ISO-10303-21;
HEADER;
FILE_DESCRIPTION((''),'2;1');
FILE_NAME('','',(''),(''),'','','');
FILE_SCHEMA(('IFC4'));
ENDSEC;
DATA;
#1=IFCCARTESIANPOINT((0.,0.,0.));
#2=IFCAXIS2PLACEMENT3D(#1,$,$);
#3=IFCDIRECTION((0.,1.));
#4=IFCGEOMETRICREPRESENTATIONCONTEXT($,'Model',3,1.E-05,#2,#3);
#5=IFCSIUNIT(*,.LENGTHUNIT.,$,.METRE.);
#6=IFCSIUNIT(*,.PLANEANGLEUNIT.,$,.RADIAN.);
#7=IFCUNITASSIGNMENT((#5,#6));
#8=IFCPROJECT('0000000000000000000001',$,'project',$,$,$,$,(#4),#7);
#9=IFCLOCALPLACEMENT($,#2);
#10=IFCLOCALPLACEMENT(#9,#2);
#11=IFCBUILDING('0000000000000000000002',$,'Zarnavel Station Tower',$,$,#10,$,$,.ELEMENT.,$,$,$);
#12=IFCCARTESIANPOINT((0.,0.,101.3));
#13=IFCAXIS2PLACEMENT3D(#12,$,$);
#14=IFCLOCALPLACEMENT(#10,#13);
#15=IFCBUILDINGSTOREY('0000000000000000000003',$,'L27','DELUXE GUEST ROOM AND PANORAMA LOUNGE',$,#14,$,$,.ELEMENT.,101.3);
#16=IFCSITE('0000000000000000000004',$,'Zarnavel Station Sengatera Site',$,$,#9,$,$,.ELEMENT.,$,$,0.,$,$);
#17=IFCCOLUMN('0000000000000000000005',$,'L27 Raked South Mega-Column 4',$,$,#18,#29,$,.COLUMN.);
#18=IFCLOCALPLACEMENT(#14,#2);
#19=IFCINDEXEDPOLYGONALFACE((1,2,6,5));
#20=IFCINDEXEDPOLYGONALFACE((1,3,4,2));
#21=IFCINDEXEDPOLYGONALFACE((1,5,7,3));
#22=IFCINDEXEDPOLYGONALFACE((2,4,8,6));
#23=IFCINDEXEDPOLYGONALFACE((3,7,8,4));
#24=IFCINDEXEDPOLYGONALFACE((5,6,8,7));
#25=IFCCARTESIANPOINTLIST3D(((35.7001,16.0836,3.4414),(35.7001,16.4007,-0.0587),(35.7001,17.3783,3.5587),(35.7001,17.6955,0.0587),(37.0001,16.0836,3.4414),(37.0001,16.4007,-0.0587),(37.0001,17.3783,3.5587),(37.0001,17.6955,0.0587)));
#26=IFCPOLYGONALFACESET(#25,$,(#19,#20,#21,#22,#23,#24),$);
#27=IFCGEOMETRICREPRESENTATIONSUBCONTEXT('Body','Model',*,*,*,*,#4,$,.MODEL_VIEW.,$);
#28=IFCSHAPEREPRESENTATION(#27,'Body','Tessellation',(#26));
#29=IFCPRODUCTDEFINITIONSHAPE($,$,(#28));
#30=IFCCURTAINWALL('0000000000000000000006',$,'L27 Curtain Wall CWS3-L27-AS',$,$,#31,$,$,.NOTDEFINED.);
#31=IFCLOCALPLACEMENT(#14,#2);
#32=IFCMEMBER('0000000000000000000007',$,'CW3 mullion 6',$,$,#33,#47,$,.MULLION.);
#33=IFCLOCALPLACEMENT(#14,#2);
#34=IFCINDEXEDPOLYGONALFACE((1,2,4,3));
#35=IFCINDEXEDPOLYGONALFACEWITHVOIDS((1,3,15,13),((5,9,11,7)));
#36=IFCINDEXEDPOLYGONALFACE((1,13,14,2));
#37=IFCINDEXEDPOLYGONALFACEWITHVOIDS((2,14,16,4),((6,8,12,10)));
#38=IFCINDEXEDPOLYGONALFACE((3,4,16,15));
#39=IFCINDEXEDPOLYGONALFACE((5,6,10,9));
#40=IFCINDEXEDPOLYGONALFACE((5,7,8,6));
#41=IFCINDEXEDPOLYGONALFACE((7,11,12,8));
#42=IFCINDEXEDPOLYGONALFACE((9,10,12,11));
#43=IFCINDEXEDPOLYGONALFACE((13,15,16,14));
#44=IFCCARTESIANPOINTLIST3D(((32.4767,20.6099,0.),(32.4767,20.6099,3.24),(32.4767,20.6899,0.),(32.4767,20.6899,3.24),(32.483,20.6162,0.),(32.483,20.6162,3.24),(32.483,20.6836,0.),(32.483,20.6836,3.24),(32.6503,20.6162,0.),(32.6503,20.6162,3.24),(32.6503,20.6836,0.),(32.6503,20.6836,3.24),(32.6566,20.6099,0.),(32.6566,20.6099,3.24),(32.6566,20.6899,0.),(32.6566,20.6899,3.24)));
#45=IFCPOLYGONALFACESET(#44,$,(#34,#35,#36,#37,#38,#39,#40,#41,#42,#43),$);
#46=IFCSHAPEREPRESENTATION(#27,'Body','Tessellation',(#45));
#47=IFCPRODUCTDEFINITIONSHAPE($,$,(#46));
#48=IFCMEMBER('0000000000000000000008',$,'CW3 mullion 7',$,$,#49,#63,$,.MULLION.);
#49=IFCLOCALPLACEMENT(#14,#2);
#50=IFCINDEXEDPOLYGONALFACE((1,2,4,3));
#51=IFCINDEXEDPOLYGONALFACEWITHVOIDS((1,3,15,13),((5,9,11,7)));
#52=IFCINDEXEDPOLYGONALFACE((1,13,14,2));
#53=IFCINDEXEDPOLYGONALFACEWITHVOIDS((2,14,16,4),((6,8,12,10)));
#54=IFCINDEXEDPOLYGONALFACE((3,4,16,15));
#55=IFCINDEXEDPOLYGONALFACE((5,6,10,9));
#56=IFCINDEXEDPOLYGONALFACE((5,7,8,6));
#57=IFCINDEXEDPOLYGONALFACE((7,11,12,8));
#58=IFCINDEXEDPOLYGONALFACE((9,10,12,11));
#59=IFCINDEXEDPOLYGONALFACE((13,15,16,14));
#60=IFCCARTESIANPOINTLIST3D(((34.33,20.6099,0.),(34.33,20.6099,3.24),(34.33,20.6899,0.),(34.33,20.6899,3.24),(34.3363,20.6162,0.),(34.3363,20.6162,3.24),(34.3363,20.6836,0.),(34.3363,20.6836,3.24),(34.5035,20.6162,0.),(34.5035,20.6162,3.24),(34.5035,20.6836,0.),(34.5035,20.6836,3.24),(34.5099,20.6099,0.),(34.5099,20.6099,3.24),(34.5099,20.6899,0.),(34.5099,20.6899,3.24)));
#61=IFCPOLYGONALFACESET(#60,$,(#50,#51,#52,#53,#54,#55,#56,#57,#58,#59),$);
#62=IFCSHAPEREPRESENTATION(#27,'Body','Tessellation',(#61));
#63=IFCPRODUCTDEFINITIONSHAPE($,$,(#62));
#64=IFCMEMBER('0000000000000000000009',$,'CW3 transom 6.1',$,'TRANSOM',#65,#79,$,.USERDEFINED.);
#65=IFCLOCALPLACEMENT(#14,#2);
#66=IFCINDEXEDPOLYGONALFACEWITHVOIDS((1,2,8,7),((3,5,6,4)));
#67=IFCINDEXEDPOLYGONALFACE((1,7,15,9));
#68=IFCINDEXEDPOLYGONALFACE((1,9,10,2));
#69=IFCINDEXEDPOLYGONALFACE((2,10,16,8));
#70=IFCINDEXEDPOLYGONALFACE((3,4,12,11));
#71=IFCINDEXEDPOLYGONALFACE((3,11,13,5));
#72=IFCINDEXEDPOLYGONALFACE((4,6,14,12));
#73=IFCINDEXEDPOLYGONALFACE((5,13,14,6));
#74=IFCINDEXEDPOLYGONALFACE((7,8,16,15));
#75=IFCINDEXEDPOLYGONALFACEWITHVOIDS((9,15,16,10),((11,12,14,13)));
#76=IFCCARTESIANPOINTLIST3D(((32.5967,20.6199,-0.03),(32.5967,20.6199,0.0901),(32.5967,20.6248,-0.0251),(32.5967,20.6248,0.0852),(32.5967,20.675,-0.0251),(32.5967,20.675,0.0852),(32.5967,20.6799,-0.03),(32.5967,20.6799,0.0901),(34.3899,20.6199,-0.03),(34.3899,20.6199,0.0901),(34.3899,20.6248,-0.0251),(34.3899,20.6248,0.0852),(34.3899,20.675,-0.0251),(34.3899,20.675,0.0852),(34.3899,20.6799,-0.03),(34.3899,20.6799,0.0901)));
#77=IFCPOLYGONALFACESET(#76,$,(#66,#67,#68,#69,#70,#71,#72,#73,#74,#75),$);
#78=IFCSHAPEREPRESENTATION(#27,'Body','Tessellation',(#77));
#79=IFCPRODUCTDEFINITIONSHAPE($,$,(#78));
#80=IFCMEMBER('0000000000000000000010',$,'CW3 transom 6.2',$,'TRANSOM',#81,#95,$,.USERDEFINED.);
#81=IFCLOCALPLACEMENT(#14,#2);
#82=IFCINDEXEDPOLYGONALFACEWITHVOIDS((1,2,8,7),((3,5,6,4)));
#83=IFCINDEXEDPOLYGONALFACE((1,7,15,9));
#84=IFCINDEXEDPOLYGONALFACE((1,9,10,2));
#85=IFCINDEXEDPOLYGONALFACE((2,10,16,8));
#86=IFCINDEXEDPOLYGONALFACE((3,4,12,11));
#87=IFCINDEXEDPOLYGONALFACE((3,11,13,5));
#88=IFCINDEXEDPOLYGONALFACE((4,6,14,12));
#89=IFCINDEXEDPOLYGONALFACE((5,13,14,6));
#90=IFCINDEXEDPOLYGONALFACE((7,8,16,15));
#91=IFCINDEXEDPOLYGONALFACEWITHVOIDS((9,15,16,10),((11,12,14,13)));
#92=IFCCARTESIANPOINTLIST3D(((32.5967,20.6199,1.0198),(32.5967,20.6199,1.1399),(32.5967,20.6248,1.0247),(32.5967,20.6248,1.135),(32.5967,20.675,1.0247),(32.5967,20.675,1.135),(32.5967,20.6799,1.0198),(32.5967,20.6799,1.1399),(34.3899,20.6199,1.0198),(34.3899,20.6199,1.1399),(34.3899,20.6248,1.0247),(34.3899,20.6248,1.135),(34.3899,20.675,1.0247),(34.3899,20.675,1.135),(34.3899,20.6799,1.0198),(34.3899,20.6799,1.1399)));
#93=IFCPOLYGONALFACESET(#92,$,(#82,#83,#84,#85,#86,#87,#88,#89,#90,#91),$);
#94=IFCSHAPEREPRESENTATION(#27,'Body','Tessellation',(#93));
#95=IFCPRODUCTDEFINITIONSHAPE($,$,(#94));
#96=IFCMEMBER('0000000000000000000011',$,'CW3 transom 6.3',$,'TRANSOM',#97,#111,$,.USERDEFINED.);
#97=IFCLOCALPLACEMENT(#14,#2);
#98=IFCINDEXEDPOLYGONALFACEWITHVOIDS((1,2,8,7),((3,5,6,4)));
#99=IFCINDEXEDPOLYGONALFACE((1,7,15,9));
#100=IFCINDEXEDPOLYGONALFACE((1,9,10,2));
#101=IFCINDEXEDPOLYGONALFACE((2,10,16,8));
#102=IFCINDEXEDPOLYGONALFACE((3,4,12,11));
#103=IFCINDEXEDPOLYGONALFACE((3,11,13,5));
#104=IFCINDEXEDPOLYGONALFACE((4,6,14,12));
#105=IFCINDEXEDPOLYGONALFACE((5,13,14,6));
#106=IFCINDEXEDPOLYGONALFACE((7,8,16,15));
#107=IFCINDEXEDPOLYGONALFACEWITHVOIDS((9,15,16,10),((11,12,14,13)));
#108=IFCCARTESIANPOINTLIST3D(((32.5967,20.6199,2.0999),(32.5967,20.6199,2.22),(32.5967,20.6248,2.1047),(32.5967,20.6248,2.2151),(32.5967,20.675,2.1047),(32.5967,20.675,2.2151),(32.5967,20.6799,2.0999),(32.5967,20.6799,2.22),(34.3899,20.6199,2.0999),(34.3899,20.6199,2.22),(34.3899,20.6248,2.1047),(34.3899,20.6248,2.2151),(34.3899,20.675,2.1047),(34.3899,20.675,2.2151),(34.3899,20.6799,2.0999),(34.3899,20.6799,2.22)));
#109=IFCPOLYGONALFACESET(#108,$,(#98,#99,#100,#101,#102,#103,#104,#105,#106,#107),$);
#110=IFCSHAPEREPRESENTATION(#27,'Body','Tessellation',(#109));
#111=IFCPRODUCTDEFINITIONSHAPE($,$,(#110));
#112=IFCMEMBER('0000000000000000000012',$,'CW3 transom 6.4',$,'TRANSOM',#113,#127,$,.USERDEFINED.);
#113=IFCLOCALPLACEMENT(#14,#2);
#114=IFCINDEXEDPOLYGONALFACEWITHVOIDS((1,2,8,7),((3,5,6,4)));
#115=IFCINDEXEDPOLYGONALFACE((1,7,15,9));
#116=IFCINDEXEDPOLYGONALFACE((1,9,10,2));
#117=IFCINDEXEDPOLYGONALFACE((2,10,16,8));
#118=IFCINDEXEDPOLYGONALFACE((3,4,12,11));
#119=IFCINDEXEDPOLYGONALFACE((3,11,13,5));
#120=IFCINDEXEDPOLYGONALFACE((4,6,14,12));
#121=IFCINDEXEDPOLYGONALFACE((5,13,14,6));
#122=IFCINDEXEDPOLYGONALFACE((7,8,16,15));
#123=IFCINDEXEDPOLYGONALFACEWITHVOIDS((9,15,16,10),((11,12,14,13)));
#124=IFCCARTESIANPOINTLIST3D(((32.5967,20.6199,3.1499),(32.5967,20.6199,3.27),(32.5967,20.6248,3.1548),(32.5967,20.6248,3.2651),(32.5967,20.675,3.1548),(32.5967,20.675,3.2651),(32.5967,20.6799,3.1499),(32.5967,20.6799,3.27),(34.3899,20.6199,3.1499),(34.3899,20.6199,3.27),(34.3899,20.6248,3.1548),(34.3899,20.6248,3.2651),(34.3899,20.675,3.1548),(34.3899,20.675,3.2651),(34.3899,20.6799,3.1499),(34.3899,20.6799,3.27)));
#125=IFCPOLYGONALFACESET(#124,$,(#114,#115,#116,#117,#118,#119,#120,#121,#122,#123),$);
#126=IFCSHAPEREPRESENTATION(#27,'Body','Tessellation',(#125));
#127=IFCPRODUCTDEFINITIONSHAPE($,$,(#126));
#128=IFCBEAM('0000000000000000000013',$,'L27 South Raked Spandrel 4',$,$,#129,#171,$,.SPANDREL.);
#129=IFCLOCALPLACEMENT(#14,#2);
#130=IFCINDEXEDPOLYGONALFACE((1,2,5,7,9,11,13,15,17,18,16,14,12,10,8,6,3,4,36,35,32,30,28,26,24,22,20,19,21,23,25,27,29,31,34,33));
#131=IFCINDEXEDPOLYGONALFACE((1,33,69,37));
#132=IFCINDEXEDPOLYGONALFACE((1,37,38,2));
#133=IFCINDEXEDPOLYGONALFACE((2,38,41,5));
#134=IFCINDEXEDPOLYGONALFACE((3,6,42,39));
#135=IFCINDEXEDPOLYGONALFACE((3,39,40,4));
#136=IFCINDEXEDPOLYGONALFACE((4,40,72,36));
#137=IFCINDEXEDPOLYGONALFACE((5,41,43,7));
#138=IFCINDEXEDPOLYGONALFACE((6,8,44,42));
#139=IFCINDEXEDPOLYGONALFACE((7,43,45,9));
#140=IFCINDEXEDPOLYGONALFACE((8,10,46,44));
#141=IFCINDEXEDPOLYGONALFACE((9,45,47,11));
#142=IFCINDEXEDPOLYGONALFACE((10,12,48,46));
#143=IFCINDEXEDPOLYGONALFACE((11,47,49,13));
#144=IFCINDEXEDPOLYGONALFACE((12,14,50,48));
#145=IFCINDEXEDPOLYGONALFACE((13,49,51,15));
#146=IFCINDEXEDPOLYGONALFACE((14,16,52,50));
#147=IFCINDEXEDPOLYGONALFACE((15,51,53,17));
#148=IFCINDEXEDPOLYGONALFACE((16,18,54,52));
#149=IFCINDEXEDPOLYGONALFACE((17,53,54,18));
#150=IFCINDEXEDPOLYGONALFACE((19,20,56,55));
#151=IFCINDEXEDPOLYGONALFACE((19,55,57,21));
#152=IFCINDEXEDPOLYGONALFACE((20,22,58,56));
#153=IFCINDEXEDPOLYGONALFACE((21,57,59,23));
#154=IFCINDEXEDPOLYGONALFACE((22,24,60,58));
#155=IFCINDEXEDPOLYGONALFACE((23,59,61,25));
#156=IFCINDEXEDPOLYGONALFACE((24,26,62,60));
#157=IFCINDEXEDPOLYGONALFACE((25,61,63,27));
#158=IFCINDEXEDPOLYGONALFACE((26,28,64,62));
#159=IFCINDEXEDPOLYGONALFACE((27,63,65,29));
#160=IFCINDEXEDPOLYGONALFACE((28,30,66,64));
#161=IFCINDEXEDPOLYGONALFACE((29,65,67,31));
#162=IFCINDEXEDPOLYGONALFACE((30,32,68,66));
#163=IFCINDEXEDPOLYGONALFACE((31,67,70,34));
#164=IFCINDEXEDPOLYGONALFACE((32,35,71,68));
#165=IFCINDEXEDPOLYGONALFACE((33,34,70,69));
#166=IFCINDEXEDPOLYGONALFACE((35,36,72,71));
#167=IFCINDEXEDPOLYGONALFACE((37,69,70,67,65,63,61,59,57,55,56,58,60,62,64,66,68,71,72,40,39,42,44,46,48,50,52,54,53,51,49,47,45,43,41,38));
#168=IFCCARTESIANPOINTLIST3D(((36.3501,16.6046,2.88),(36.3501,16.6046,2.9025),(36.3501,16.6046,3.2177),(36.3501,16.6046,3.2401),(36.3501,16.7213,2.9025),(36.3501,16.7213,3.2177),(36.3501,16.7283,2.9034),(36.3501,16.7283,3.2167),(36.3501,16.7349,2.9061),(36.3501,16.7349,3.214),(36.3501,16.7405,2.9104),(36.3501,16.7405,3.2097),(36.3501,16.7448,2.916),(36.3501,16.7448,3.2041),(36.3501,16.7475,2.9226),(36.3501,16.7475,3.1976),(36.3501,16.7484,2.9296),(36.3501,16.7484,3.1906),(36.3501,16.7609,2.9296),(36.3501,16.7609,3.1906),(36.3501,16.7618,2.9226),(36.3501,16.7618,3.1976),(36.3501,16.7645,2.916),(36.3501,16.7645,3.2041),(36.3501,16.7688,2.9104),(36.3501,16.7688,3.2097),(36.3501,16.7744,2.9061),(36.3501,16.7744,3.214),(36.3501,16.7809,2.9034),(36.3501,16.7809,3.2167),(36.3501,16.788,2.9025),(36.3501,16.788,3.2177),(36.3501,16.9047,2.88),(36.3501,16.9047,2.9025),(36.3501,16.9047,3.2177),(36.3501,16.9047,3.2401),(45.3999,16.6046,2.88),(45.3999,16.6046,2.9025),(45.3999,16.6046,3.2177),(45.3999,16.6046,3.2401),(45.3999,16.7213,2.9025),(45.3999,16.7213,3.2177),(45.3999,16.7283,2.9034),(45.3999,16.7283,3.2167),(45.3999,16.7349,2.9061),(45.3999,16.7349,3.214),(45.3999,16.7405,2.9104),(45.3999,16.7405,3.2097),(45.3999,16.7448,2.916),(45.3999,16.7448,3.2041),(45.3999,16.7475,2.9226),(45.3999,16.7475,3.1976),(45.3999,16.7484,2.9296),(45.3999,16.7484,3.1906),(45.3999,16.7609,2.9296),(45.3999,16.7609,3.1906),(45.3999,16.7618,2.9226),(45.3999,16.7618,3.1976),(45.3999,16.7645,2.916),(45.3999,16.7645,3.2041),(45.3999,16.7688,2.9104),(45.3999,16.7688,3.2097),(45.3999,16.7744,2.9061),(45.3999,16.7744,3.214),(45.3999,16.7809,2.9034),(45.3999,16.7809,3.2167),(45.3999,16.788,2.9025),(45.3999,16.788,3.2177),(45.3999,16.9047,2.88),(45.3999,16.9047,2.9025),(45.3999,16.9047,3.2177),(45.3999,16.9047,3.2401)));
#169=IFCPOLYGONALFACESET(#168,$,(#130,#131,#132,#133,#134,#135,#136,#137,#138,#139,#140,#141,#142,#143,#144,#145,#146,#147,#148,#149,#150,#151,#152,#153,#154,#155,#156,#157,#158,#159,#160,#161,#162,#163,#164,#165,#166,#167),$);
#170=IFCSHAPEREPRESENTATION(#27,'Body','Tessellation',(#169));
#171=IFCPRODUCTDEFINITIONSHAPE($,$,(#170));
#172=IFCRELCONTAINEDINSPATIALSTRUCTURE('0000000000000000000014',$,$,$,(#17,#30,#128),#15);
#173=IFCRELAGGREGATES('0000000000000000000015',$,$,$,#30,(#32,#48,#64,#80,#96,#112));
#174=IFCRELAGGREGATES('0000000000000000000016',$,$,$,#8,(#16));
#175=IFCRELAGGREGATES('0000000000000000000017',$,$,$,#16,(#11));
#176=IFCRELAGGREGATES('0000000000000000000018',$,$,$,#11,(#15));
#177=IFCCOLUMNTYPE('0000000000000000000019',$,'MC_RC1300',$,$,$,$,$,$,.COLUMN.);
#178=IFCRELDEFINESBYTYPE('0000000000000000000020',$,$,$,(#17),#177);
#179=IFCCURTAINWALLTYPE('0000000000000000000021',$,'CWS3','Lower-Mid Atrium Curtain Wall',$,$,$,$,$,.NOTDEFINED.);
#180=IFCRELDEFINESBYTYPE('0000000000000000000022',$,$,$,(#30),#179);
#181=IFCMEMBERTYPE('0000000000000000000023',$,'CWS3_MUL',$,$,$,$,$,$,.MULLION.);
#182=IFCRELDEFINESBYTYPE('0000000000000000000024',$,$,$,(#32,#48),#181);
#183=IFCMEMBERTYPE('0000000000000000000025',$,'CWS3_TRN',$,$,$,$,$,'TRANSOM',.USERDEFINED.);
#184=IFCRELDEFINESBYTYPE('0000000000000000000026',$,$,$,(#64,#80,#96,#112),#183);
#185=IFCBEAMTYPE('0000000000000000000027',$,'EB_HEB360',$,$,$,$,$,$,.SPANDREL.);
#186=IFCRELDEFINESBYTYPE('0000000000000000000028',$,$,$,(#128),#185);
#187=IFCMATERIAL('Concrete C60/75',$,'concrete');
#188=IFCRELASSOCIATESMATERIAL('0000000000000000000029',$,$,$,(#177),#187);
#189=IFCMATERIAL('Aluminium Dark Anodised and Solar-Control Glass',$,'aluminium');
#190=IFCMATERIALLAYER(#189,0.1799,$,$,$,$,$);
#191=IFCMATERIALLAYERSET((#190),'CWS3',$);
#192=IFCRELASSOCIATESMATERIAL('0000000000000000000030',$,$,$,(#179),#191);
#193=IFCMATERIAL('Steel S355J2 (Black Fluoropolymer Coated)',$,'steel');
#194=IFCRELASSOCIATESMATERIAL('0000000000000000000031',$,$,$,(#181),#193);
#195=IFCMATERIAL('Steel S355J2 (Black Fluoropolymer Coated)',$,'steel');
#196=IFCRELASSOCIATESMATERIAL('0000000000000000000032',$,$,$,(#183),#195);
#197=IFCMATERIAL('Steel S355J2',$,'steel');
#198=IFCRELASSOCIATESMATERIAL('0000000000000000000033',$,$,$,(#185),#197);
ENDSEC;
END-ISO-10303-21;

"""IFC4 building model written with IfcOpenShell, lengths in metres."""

from ifc_helpers import new_model, si_unit, direction, frame, origin, origin_2d, place, context, subcontext, project, spatial, rectangle, hollow_rectangle, i_section, extrude, material, layer, layer_set, material_profile, profile_set, type_object, element, aggregate, save


model = new_model("IFC4")

# Units and contexts
model_context = context("Model", 3, precision=1e-05, world=origin(), true_north=direction((0.0, 1.0)))
body_context = subcontext(model_context, "Body", "Model", "MODEL_VIEW")
ifc_project = project(units=[si_unit("LENGTHUNIT", "METRE"), si_unit("PLANEANGLEUNIT", "RADIAN")], contexts=[model_context])

# Site, building, storey
site_placement = place(None, origin())
site = spatial("IfcSite", under=ifc_project, at=site_placement, Name="Zarnavel Station Sengatera Site", CompositionType="ELEMENT", RefElevation=0.0)
building_placement = place(site_placement, origin())
building = spatial("IfcBuilding", under=site, at=building_placement, Name="Zarnavel Station Tower", CompositionType="ELEMENT")
storey_placement = place(building_placement, frame((0.0, 0.0, 101.3)))
storey = spatial("IfcBuildingStorey", under=building, at=storey_placement, Name="L27", Description="DELUXE GUEST ROOM AND PANORAMA LOUNGE", CompositionType="ELEMENT", Elevation=101.3)

# Column
ifc_material_1 = material(Name="Concrete C60/75", Category="concrete")
ifc_material_profile_1 = material_profile(ifc_material_1, rectangle(XDim=1.3, YDim=1.3, at=origin_2d()), Name="RC1300x1300")
ifc_profile_set_1 = profile_set([ifc_material_profile_1], Name="Concrete C60/75")
column_type = type_object("IfcColumnType", Name="MC_RC1300", PredefinedType="COLUMN", material=ifc_profile_set_1)
column_placement = place(storey_placement, frame((36.3501, 17.0481, 0.0), z_axis=(0.0, -0.090241, 0.99592), x_axis=(1.0, 0.0, 0.0)))
element("IfcColumn", 1, at=column_placement, inside=storey, type_object=column_type, Name="L27 Raked South Mega-Column 4", PredefinedType="COLUMN", context=body_context, shape_type="SweptSolid", body=[
    extrude(rectangle(XDim=1.3, YDim=1.3, at=origin_2d()), origin(), (0.0, 0.0, 1.0), 3.5144),
])

# Curtain wall, members
ifc_material_2 = material(Name="Aluminium Dark Anodised and Solar-Control Glass", Category="aluminium")
ifc_layer_1 = layer(ifc_material_2, 0.1799)
ifc_layer_set_1 = layer_set([ifc_layer_1], Name="CWS3")
curtain_wall_type = type_object("IfcCurtainWallType", Name="CWS3", Description="Lower-Mid Atrium Curtain Wall", PredefinedType="NOTDEFINED", material=ifc_layer_set_1)
curtain_wall_placement = place(storey_placement, origin())
curtain_wall = element("IfcCurtainWall", 2, at=curtain_wall_placement, inside=storey, type_object=curtain_wall_type, Name="L27 Curtain Wall CWS3-L27-AS", PredefinedType="NOTDEFINED")
ifc_material_3 = material(Name="Steel S355J2 (Black Fluoropolymer Coated)", Category="steel")
ifc_material_profile_2 = material_profile(ifc_material_3, hollow_rectangle(XDim=0.0801, YDim=0.1799, WallThickness=0.0063, at=origin_2d()), Name="RHS180x80x6.3")
ifc_profile_set_2 = profile_set([ifc_material_profile_2], Name="Steel S355J2 (Black Fluoropolymer Coated)")
member_type_1 = type_object("IfcMemberType", Name="CWS3_MUL", PredefinedType="MULLION", material=ifc_profile_set_2)
member_1_placement = place(storey_placement, frame((32.5667, 20.6499, 0.0), z_axis=(0.0, 0.0, 1.0), x_axis=(0.0, 1.0, 0.0)))
member_1 = element("IfcMember", 3, at=member_1_placement, type_object=member_type_1, Name="CW3 mullion 6", PredefinedType="MULLION", context=body_context, shape_type="SweptSolid", body=[
    extrude(hollow_rectangle(XDim=0.0801, YDim=0.1799, WallThickness=0.0063, at=origin_2d()), origin(), (0.0, 0.0, 1.0), 3.24),
])
member_2_placement = place(storey_placement, frame((34.4199, 20.6499, 0.0), z_axis=(0.0, 0.0, 1.0), x_axis=(0.0, 1.0, 0.0)))
member_2 = element("IfcMember", 4, at=member_2_placement, type_object=member_type_1, Name="CW3 mullion 7", PredefinedType="MULLION", context=body_context, shape_type="SweptSolid", body=[
    extrude(hollow_rectangle(XDim=0.0801, YDim=0.1799, WallThickness=0.0063, at=origin_2d()), origin(), (0.0, 0.0, 1.0), 3.24),
])
ifc_material_4 = material(Name="Steel S355J2 (Black Fluoropolymer Coated)", Category="steel")
ifc_material_profile_3 = material_profile(ifc_material_4, hollow_rectangle(XDim=0.0601, YDim=0.1201, WallThickness=0.0049, at=origin_2d()), Name="RHS120x60x5")
ifc_profile_set_3 = profile_set([ifc_material_profile_3], Name="Steel S355J2 (Black Fluoropolymer Coated)")
member_type_2 = type_object("IfcMemberType", Name="CWS3_TRN", ElementType="TRANSOM", PredefinedType="USERDEFINED", material=ifc_profile_set_3)
member_3_placement = place(storey_placement, frame((32.5967, 20.6499, 0.03), z_axis=(1.0, 0.0, 0.0), x_axis=(0.0, 1.0, 0.0)))
member_3 = element("IfcMember", 5, at=member_3_placement, type_object=member_type_2, Name="CW3 transom 6.1", ObjectType="TRANSOM", PredefinedType="USERDEFINED", context=body_context, shape_type="SweptSolid", body=[
    extrude(hollow_rectangle(XDim=0.0601, YDim=0.1201, WallThickness=0.0049, at=origin_2d()), origin(), (0.0, 0.0, 1.0), 1.7932),
])
member_4_placement = place(storey_placement, frame((32.5967, 20.6499, 1.0798), z_axis=(1.0, 0.0, 0.0), x_axis=(0.0, 1.0, 0.0)))
member_4 = element("IfcMember", 6, at=member_4_placement, type_object=member_type_2, Name="CW3 transom 6.2", ObjectType="TRANSOM", PredefinedType="USERDEFINED", context=body_context, shape_type="SweptSolid", body=[
    extrude(hollow_rectangle(XDim=0.0601, YDim=0.1201, WallThickness=0.0049, at=origin_2d()), origin(), (0.0, 0.0, 1.0), 1.7932),
])
member_5_placement = place(storey_placement, frame((32.5967, 20.6499, 2.1599), z_axis=(1.0, 0.0, 0.0), x_axis=(0.0, 1.0, 0.0)))
member_5 = element("IfcMember", 7, at=member_5_placement, type_object=member_type_2, Name="CW3 transom 6.3", ObjectType="TRANSOM", PredefinedType="USERDEFINED", context=body_context, shape_type="SweptSolid", body=[
    extrude(hollow_rectangle(XDim=0.0601, YDim=0.1201, WallThickness=0.0049, at=origin_2d()), origin(), (0.0, 0.0, 1.0), 1.7932),
])
member_6_placement = place(storey_placement, frame((32.5967, 20.6499, 3.21), z_axis=(1.0, 0.0, 0.0), x_axis=(0.0, 1.0, 0.0)))
member_6 = element("IfcMember", 8, at=member_6_placement, type_object=member_type_2, Name="CW3 transom 6.4", ObjectType="TRANSOM", PredefinedType="USERDEFINED", context=body_context, shape_type="SweptSolid", body=[
    extrude(hollow_rectangle(XDim=0.0601, YDim=0.1201, WallThickness=0.0049, at=origin_2d()), origin(), (0.0, 0.0, 1.0), 1.7932),
])

# Beam
ifc_material_5 = material(Name="Steel S355J2", Category="steel")
ifc_material_profile_4 = material_profile(ifc_material_5, i_section(OverallWidth=0.3, OverallDepth=0.3601, WebThickness=0.0125, FlangeThickness=0.0225, FilletRadius=0.0271, at=origin_2d()), Name="HEB360")
ifc_profile_set_4 = profile_set([ifc_material_profile_4], Name="Steel S355J2")
beam_type_1 = type_object("IfcBeamType", Name="EB_HEB360", PredefinedType="SPANDREL", material=ifc_profile_set_4)
beam_1_placement = place(storey_placement, frame((36.3501, 16.7546, 3.0601), z_axis=(1.0, 0.0, 0.0), x_axis=(0.0, 1.0, 0.0)))
element("IfcBeam", 9, at=beam_1_placement, inside=storey, type_object=beam_type_1, Name="L27 South Raked Spandrel 4", PredefinedType="SPANDREL", context=body_context, shape_type="SweptSolid", body=[
    extrude(i_section(OverallWidth=0.3, OverallDepth=0.3601, WebThickness=0.0125, FlangeThickness=0.0225, FilletRadius=0.0271, at=origin_2d()), origin(), (0.0, 0.0, 1.0), 9.0498),
])

aggregate(curtain_wall, [member_1, member_2, member_3, member_4, member_5, member_6])

save(model, "model.ifc")
